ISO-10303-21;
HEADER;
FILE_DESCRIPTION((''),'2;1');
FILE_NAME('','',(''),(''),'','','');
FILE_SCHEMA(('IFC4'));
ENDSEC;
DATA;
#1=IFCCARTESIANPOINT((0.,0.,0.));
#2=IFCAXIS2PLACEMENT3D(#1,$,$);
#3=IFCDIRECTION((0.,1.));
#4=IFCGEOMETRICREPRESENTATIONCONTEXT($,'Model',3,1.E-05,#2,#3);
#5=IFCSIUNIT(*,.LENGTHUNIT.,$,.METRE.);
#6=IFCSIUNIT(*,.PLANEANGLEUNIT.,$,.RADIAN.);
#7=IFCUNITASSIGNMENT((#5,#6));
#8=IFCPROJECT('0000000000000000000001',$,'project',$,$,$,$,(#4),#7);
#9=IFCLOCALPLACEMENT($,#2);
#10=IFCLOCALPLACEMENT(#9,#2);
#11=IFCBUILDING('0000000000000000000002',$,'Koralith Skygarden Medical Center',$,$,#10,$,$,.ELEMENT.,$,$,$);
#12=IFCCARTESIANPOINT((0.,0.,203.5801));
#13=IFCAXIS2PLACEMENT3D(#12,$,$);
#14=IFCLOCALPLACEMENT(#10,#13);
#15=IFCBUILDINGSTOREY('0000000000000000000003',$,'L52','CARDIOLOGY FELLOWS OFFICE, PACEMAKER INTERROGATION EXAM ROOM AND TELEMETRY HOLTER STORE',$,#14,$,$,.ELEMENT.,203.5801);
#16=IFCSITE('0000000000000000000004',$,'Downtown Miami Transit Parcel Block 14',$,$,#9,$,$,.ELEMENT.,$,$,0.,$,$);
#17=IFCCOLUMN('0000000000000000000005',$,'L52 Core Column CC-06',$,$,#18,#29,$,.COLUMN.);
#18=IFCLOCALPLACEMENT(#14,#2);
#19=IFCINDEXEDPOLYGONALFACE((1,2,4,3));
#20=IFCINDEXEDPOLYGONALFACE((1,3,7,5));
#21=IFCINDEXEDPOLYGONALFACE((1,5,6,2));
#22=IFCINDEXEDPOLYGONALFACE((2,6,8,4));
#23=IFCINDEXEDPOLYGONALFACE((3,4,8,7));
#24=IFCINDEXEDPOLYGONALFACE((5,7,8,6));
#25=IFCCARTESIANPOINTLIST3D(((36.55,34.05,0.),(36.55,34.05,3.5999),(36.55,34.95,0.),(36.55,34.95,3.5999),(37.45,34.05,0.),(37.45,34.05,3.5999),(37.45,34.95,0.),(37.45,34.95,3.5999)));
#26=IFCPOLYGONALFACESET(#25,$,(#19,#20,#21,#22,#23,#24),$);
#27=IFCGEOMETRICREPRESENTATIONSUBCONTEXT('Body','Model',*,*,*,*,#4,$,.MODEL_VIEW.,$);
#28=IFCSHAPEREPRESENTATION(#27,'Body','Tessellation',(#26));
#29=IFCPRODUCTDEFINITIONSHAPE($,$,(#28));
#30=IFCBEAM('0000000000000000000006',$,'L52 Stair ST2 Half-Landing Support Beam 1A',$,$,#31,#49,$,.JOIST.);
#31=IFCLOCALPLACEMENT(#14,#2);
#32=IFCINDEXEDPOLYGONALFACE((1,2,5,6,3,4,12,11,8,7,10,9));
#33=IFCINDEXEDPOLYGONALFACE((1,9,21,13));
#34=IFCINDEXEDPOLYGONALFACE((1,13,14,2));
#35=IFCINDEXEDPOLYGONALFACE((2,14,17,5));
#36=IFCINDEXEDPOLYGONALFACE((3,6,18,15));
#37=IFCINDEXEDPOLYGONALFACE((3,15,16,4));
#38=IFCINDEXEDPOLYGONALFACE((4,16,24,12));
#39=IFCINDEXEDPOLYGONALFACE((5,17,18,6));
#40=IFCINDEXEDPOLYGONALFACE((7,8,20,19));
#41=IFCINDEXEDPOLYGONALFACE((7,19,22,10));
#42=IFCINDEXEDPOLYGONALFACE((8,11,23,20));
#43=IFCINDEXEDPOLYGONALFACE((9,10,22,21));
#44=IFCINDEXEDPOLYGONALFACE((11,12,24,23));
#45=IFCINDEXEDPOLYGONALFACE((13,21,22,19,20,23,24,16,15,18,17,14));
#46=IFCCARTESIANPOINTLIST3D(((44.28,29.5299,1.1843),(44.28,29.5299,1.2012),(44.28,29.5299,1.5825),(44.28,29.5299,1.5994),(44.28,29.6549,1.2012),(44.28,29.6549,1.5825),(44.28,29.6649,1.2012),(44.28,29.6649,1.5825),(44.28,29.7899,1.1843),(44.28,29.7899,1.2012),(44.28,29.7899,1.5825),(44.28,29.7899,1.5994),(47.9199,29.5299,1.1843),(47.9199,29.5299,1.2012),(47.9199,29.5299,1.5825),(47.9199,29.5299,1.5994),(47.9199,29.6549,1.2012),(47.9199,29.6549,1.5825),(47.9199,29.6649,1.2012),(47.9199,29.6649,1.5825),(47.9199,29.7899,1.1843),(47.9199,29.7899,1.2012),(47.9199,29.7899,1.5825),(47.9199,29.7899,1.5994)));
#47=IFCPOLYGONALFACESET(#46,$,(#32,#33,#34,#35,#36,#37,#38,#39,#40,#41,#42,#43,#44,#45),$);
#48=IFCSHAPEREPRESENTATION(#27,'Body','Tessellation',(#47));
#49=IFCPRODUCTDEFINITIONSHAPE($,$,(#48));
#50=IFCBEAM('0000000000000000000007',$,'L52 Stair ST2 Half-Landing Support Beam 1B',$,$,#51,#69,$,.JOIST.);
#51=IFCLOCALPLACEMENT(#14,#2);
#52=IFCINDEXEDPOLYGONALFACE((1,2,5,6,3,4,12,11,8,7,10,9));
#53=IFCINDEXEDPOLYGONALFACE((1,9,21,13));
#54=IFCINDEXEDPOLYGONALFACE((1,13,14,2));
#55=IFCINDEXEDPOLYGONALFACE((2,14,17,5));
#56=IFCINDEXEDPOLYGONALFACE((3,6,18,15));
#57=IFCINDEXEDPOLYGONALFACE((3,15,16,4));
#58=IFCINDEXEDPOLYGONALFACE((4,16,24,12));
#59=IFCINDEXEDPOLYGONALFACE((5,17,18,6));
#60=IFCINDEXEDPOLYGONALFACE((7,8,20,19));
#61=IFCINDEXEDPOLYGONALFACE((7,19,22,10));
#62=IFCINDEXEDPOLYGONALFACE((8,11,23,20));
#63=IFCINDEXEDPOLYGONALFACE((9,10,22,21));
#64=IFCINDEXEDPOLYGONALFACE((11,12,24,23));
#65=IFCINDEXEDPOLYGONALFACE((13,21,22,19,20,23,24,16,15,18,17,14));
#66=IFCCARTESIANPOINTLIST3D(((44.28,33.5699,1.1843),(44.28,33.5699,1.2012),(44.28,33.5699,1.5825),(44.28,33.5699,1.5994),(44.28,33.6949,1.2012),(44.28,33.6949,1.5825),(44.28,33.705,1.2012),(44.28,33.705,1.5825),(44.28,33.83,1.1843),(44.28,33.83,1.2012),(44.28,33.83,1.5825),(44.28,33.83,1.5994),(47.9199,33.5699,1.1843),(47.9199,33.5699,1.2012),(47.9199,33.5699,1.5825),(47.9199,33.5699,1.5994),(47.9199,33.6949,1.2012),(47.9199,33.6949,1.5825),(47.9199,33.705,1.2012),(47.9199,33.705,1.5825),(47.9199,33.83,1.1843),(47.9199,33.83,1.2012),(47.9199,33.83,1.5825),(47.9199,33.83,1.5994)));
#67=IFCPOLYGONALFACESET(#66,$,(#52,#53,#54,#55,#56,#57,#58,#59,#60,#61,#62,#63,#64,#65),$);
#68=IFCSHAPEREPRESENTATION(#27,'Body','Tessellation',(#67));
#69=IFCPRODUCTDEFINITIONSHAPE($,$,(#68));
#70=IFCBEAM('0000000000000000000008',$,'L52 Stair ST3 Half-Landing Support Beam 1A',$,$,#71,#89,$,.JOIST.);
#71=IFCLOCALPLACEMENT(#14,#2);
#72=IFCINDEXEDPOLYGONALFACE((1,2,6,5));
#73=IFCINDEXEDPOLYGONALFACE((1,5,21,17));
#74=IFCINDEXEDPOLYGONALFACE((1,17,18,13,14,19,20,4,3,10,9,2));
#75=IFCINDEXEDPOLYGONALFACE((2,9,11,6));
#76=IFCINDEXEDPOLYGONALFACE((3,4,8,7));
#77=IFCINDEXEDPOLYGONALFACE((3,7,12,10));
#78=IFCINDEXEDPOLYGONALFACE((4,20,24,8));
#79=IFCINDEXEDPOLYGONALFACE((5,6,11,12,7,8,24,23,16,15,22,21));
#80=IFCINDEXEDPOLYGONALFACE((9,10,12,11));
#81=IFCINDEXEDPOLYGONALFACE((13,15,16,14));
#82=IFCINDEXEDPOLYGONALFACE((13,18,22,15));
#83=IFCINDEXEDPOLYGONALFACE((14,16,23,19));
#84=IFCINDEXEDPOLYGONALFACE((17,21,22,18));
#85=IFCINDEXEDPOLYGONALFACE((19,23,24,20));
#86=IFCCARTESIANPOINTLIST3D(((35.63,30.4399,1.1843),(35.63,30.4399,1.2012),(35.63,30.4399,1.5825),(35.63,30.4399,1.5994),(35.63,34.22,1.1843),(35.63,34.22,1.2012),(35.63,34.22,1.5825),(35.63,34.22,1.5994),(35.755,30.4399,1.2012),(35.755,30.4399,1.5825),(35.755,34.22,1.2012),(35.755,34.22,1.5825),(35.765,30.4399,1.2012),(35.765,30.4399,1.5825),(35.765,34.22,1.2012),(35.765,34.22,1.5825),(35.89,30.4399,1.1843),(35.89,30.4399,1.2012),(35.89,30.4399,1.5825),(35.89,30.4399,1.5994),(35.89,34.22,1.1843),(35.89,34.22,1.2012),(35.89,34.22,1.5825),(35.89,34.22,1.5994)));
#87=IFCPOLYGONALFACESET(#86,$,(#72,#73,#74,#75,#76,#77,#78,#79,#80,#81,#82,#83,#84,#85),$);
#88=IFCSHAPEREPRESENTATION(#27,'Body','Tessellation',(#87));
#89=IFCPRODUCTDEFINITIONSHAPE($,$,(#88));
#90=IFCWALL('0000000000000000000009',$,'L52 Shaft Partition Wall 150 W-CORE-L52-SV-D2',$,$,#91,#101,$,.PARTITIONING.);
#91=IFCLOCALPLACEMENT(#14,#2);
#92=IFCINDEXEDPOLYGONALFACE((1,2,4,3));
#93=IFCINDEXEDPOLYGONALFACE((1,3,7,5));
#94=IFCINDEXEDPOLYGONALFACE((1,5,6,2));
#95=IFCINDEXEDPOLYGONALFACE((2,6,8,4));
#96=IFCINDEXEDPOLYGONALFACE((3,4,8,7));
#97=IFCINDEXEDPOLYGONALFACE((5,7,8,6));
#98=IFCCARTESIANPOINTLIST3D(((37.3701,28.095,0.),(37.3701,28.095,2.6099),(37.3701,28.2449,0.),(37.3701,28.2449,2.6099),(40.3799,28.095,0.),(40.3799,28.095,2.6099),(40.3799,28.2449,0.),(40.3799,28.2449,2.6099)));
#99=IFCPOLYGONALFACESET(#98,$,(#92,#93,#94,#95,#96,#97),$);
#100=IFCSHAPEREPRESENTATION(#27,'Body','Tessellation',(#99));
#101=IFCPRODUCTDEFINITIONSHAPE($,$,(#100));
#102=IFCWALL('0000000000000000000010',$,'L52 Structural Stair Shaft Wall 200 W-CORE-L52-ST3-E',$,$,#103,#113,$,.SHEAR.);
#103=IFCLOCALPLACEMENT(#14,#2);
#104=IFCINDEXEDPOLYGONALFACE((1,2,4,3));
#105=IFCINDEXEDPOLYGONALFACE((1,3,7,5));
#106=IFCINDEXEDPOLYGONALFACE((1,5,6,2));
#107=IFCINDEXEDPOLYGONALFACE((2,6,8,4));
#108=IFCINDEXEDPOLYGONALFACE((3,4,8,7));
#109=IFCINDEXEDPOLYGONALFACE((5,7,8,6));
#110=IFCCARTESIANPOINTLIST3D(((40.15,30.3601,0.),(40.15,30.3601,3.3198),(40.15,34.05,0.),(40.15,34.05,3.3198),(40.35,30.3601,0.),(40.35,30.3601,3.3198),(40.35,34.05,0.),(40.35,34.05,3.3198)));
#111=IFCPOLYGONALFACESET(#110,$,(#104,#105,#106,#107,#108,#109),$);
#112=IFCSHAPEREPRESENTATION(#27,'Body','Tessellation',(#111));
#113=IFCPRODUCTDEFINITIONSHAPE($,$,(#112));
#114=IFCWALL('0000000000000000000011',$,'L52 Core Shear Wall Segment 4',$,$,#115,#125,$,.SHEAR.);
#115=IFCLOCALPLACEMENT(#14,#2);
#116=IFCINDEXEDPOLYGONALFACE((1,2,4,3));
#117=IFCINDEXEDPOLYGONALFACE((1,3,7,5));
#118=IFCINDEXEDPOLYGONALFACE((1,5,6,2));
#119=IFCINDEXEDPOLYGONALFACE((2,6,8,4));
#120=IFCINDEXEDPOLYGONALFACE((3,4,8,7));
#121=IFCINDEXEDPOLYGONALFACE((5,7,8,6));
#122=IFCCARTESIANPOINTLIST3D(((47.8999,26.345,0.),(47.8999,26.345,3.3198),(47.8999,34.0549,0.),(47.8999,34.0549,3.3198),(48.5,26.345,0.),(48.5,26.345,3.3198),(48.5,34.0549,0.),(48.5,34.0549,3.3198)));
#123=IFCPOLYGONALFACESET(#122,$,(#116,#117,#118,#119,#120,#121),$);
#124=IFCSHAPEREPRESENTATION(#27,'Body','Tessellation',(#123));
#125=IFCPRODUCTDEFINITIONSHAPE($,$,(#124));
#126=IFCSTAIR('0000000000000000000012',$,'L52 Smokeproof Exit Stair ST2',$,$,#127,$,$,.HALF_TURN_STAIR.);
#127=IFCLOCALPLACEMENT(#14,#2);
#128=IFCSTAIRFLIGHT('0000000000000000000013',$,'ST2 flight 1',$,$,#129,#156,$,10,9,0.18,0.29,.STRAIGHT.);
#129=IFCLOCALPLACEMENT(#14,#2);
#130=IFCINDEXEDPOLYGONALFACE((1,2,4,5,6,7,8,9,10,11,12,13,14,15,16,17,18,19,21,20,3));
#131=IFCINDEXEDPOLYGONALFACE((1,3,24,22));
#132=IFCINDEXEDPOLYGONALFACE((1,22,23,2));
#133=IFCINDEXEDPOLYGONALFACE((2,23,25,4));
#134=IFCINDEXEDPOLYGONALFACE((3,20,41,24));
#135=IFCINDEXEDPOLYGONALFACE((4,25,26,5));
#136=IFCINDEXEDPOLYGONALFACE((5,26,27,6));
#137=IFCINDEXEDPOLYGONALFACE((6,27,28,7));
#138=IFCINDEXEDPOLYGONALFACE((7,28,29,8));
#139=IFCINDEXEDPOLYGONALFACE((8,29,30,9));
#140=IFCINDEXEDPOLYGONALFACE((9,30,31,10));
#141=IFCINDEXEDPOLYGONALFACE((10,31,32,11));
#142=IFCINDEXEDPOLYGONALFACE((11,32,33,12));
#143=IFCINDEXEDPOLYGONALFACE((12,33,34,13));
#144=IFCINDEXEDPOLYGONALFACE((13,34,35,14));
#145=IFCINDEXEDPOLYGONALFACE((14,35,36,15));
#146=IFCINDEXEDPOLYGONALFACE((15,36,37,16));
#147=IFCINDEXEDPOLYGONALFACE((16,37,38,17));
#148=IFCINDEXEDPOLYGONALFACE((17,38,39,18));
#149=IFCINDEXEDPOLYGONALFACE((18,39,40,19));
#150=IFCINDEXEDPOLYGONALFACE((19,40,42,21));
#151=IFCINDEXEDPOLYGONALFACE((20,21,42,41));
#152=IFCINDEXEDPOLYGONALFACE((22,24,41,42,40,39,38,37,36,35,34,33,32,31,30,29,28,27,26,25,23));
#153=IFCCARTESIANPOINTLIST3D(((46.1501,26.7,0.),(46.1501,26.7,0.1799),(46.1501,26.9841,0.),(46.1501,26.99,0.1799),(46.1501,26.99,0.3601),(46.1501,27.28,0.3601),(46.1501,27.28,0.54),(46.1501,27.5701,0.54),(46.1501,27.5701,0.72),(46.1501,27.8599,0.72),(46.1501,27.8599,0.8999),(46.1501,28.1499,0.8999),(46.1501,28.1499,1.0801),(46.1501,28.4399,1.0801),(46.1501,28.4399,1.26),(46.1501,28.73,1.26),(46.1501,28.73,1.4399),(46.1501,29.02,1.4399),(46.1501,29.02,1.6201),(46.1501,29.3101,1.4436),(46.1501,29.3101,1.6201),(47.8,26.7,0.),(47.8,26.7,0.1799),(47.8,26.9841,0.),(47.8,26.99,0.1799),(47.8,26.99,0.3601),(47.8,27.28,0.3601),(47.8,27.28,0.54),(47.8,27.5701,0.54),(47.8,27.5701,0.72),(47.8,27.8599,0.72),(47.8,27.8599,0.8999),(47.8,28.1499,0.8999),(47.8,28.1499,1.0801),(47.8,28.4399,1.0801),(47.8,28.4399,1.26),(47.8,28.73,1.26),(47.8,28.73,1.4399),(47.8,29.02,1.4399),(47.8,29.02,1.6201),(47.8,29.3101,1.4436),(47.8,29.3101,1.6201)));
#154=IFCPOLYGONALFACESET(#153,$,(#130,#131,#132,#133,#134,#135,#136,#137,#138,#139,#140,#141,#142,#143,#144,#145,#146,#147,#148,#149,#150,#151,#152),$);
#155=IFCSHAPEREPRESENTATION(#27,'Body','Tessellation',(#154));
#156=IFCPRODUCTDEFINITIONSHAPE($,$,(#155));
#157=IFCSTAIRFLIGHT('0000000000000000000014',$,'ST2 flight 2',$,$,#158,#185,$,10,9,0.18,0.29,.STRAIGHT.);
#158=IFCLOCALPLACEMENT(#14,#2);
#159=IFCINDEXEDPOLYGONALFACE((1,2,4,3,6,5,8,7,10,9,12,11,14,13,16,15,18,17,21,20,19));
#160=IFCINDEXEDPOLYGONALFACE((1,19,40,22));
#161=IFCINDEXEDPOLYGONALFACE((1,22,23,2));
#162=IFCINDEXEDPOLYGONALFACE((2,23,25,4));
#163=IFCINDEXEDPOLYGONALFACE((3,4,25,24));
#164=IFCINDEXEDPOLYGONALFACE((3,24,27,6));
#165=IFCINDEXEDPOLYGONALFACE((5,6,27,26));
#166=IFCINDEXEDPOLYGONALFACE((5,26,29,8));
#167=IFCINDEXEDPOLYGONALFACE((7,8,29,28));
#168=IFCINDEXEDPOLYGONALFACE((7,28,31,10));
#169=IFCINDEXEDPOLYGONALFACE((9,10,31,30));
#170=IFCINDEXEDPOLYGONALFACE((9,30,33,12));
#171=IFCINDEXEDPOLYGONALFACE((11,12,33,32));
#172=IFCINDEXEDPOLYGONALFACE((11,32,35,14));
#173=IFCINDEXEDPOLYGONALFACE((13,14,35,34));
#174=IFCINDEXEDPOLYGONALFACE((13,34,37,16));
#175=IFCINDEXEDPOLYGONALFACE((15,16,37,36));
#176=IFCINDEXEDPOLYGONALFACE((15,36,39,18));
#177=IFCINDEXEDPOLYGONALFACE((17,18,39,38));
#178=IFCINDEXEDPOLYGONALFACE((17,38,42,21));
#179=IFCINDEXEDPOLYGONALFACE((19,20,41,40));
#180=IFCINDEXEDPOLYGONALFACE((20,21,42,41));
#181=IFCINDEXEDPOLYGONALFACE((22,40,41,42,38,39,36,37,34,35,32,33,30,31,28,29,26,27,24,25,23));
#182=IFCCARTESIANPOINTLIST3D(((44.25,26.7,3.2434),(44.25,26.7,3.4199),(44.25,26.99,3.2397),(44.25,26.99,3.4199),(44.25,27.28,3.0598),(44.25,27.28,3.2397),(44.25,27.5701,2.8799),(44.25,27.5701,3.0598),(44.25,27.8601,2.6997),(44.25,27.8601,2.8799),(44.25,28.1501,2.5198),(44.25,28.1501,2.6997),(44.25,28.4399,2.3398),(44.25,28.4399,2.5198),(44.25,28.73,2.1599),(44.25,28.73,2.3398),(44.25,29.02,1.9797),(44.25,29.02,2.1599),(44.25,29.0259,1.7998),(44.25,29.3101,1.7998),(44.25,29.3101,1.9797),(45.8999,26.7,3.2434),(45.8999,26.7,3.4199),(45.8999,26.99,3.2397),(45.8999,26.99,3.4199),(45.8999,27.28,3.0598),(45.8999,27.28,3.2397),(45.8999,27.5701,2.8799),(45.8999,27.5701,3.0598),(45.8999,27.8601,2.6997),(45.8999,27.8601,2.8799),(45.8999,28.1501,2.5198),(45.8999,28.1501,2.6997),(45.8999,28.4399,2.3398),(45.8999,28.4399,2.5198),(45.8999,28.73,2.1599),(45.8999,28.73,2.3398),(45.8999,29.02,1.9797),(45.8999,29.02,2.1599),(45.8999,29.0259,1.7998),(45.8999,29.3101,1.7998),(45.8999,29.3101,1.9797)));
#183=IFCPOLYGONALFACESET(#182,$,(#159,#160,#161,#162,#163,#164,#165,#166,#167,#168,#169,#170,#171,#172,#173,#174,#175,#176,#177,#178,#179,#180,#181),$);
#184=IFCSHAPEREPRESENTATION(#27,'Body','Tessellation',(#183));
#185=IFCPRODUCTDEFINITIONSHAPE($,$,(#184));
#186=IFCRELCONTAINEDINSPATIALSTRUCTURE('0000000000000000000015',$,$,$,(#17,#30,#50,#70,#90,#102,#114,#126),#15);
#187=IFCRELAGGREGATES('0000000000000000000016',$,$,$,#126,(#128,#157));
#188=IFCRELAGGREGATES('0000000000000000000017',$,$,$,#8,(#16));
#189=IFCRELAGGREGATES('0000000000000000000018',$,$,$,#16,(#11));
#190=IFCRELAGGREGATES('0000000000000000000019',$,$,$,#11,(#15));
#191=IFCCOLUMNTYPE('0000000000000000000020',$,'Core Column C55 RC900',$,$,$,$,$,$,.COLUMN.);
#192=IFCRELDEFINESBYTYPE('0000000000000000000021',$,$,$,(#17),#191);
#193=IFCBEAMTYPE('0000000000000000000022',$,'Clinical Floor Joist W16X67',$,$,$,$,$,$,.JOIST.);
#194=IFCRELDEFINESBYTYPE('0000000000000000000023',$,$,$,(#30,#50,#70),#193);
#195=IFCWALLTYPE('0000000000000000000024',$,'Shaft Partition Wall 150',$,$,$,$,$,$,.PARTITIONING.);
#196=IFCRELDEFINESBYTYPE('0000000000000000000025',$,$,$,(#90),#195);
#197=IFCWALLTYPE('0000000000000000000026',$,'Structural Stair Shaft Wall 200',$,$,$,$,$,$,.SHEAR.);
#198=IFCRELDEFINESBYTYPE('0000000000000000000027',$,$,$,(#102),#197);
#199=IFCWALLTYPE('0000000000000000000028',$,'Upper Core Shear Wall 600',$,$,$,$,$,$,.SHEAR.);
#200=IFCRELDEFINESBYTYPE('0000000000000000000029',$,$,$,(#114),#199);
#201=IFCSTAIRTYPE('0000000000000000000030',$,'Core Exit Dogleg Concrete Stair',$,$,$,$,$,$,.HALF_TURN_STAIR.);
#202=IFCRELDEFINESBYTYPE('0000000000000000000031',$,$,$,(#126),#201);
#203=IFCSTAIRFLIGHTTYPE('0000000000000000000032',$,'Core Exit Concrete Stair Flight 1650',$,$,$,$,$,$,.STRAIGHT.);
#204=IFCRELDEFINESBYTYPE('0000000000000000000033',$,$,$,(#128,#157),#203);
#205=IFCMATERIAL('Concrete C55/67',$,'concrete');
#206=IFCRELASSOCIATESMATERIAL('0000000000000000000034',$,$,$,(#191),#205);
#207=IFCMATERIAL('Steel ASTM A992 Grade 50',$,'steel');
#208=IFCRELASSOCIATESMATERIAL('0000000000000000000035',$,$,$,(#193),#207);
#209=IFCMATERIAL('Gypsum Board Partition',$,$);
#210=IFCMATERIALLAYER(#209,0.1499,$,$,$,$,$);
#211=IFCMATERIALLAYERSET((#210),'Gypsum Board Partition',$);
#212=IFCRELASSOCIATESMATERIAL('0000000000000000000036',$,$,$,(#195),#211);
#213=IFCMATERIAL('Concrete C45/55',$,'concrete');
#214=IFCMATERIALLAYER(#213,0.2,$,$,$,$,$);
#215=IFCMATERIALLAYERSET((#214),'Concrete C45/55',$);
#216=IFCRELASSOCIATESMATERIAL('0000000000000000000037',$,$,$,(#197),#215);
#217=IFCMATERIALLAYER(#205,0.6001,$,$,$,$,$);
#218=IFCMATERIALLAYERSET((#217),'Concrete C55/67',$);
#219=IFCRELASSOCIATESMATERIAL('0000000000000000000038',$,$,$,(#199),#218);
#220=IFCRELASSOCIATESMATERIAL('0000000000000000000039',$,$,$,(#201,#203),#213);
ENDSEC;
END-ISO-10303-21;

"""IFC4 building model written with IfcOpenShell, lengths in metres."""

from ifc_helpers import new_model, si_unit, direction, frame, frame_2d, origin, origin_2d, place, context, subcontext, project, spatial, polyline, rectangle, i_section, outline, extrude, material, layer, layer_set, material_profile, profile_set, type_object, element, aggregate, save


model = new_model("IFC4")

# Units and contexts
model_context = context("Model", 3, precision=1e-05, world=origin(), true_north=direction((0.0, 1.0)))
body_context = subcontext(model_context, "Body", "Model", "MODEL_VIEW")
ifc_project = project(units=[si_unit("LENGTHUNIT", "METRE"), si_unit("PLANEANGLEUNIT", "RADIAN")], contexts=[model_context])

# Site, building, storey
site_placement = place(None, origin())
site = spatial("IfcSite", under=ifc_project, at=site_placement, Name="Downtown Miami Transit Parcel Block 14", CompositionType="ELEMENT", RefElevation=0.0)
building_placement = place(site_placement, origin())
building = spatial("IfcBuilding", under=site, at=building_placement, Name="Koralith Skygarden Medical Center", CompositionType="ELEMENT")
storey_placement = place(building_placement, frame((0.0, 0.0, 203.5801)))
storey = spatial("IfcBuildingStorey", under=building, at=storey_placement, Name="L52", Description="CARDIOLOGY FELLOWS OFFICE, PACEMAKER INTERROGATION EXAM ROOM AND TELEMETRY HOLTER STORE", CompositionType="ELEMENT", Elevation=203.5801)

# Column
ifc_material_1 = material(Name="Concrete C55/67", Category="concrete")
ifc_material_profile_1 = material_profile(ifc_material_1, rectangle(XDim=0.8999, YDim=0.8999, at=origin_2d()), Name="RC900X900")
ifc_profile_set_1 = profile_set([ifc_material_profile_1], Name="Concrete C55/67")
column_type = type_object("IfcColumnType", Name="Core Column C55 RC900", PredefinedType="COLUMN", material=ifc_profile_set_1)
column_placement = place(storey_placement, frame((37.0, 34.5, 0.0), z_axis=(0.0, 0.0, 1.0), x_axis=(1.0, 0.0, 0.0)))
element("IfcColumn", 1, at=column_placement, inside=storey, type_object=column_type, Name="L52 Core Column CC-06", PredefinedType="COLUMN", context=body_context, shape_type="SweptSolid", body=[
    extrude(rectangle(XDim=0.8999, YDim=0.8999, at=origin_2d()), origin(), (0.0, 0.0, 1.0), 3.5999),
])

# Beams
ifc_material_2 = material(Name="Steel ASTM A992 Grade 50", Category="steel")
ifc_material_profile_2 = material_profile(ifc_material_2, i_section(OverallWidth=0.26, OverallDepth=0.415, WebThickness=0.01, FlangeThickness=0.0168, at=origin_2d()), Name="W16X67")
ifc_profile_set_2 = profile_set([ifc_material_profile_2], Name="Steel ASTM A992 Grade 50")
beam_type = type_object("IfcBeamType", Name="Clinical Floor Joist W16X67", PredefinedType="JOIST", material=ifc_profile_set_2)
for number, where, z_axis, x_axis, name in (
    (2, (44.28, 29.6599, 1.3918), (1.0, 0.0, 0.0), (0.0, 1.0, 0.0), "L52 Stair ST2 Half-Landing Support Beam 1A"),
    (3, (44.28, 33.7, 1.3918), (1.0, 0.0, 0.0), (0.0, 1.0, 0.0), "L52 Stair ST2 Half-Landing Support Beam 1B"),
):
    element("IfcBeam", number, at=place(storey_placement, frame(where, z_axis=z_axis, x_axis=x_axis)), inside=storey, type_object=beam_type, Name=name, PredefinedType="JOIST", context=body_context, shape_type="SweptSolid", body=[
        extrude(i_section(OverallWidth=0.26, OverallDepth=0.415, WebThickness=0.01, FlangeThickness=0.0168, at=origin_2d()), origin(), (0.0, 0.0, 1.0), 3.6399),
    ])
beam_placement = place(storey_placement, frame((35.76, 30.4399, 1.3918), z_axis=(0.0, 1.0, 0.0), x_axis=(-1.0, 0.0, 0.0)))
element("IfcBeam", 4, at=beam_placement, inside=storey, type_object=beam_type, Name="L52 Stair ST3 Half-Landing Support Beam 1A", PredefinedType="JOIST", context=body_context, shape_type="SweptSolid", body=[
    extrude(i_section(OverallWidth=0.26, OverallDepth=0.415, WebThickness=0.01, FlangeThickness=0.0168, at=origin_2d()), origin(), (0.0, 0.0, 1.0), 3.78),
])

# Walls
ifc_material_3 = material(Name="Gypsum Board Partition")
ifc_layer_1 = layer(ifc_material_3, 0.1499)
ifc_layer_set_1 = layer_set([ifc_layer_1], Name="Gypsum Board Partition")
wall_type_1 = type_object("IfcWallType", Name="Shaft Partition Wall 150", PredefinedType="PARTITIONING", material=ifc_layer_set_1)
wall_1_placement = place(storey_placement, frame((37.3701, 28.1699, 0.0), z_axis=(0.0, 0.0, 1.0), x_axis=(1.0, 0.0, 0.0)))
element("IfcWall", 5, at=wall_1_placement, inside=storey, type_object=wall_type_1, Name="L52 Shaft Partition Wall 150 W-CORE-L52-SV-D2", PredefinedType="PARTITIONING", context=body_context, shape_type="SweptSolid", body=[
    extrude(rectangle(XDim=3.0098, YDim=0.1499, at=frame_2d((1.5049, 0.0))), origin(), (0.0, 0.0, 1.0), 2.6099),
])
ifc_material_4 = material(Name="Concrete C45/55", Category="concrete")
ifc_layer_2 = layer(ifc_material_4, 0.2)
ifc_layer_set_2 = layer_set([ifc_layer_2], Name="Concrete C45/55")
wall_type_2 = type_object("IfcWallType", Name="Structural Stair Shaft Wall 200", PredefinedType="SHEAR", material=ifc_layer_set_2)
wall_2_placement = place(storey_placement, frame((40.25, 30.3601, 0.0), z_axis=(0.0, 0.0, 1.0), x_axis=(0.0, 1.0, 0.0)))
element("IfcWall", 6, at=wall_2_placement, inside=storey, type_object=wall_type_2, Name="L52 Structural Stair Shaft Wall 200 W-CORE-L52-ST3-E", PredefinedType="SHEAR", context=body_context, shape_type="SweptSolid", body=[
    extrude(rectangle(XDim=3.6899, YDim=0.2, at=frame_2d((1.845, 0.0))), origin(), (0.0, 0.0, 1.0), 3.3198),
])
ifc_layer_3 = layer(ifc_material_1, 0.6001)
ifc_layer_set_3 = layer_set([ifc_layer_3], Name="Concrete C55/67")
wall_type_3 = type_object("IfcWallType", Name="Upper Core Shear Wall 600", PredefinedType="SHEAR", material=ifc_layer_set_3)
wall_3_placement = place(storey_placement, frame((48.2, 26.345, 0.0), z_axis=(0.0, 0.0, 1.0), x_axis=(0.0, 1.0, 0.0)))
element("IfcWall", 7, at=wall_3_placement, inside=storey, type_object=wall_type_3, Name="L52 Core Shear Wall Segment 4", PredefinedType="SHEAR", context=body_context, shape_type="SweptSolid", body=[
    extrude(rectangle(XDim=7.71, YDim=0.6001, at=frame_2d((3.855, 0.0))), origin(), (0.0, 0.0, 1.0), 3.3198),
])

# Stair, stair flights
stair_type = type_object("IfcStairType", Name="Core Exit Dogleg Concrete Stair", PredefinedType="HALF_TURN_STAIR", material=ifc_material_4)
stair_placement = place(storey_placement, origin())
stair = element("IfcStair", 8, at=stair_placement, inside=storey, type_object=stair_type, Name="L52 Smokeproof Exit Stair ST2", PredefinedType="HALF_TURN_STAIR")
stair_flight_type = type_object("IfcStairFlightType", Name="Core Exit Concrete Stair Flight 1650", PredefinedType="STRAIGHT", material=ifc_material_4)
stair_flight_1_placement = place(storey_placement, frame((46.9751, 26.7, 0.0), z_axis=(0.0, 0.0, 1.0), x_axis=(0.0, 1.0, 0.0)))
stair_flight_1 = element("IfcStairFlight", 9, at=stair_flight_1_placement, type_object=stair_flight_type, Name="ST2 flight 1", NumberOfRisers=10, NumberOfTreads=9, PredefinedType="STRAIGHT", RiserHeight=0.18, TreadLength=0.29, context=body_context, shape_type="SweptSolid", body=[
    extrude(outline(polyline([(0.0, 0.0), (0.0, 0.1799), (0.29, 0.1799), (0.29, 0.3601), (0.5801, 0.3601), (0.5801, 0.54), (0.8701, 0.54), (0.8701, 0.72), (1.1599, 0.72), (1.1599, 0.8999), (1.45, 0.8999), (1.45, 1.0801), (1.74, 1.0801), (1.74, 1.26), (2.03, 1.26), (2.03, 1.4399), (2.3201, 1.4399), (2.3201, 1.6201), (2.6101, 1.6201), (2.6101, 1.8), (2.6101, 1.4436), (0.2842, 0.0), (0.0, 0.0)])), frame((0.0, 0.825, 0.0), z_axis=(0.0, -1.0, 0.0), x_axis=(1.0, 0.0, 0.0)), (0.0, 0.0, 1.0), 1.6499),
])
stair_flight_2_placement = place(storey_placement, frame((45.075, 29.3101, 1.7998), z_axis=(0.0, 0.0, 1.0), x_axis=(0.0, -1.0, 0.0)))
stair_flight_2 = element("IfcStairFlight", 10, at=stair_flight_2_placement, type_object=stair_flight_type, Name="ST2 flight 2", NumberOfRisers=10, NumberOfTreads=9, PredefinedType="STRAIGHT", RiserHeight=0.18, TreadLength=0.29, context=body_context, shape_type="SweptSolid", body=[
    extrude(outline(polyline([(0.0, 0.0), (0.0, 0.1799), (0.29, 0.1799), (0.29, 0.3601), (0.5801, 0.3601), (0.5801, 0.54), (0.8701, 0.54), (0.8701, 0.72), (1.1599, 0.72), (1.1599, 0.8999), (1.45, 0.8999), (1.45, 1.0801), (1.74, 1.0801), (1.74, 1.26), (2.03, 1.26), (2.03, 1.4399), (2.3201, 1.4399), (2.3201, 1.6201), (2.6101, 1.6201), (2.6101, 1.8), (2.6101, 1.4436), (0.2842, 0.0), (0.0, 0.0)])), frame((0.0, 0.825, 0.0), z_axis=(0.0, -1.0, 0.0), x_axis=(1.0, 0.0, 0.0)), (0.0, 0.0, 1.0), 1.6499),
])
aggregate(stair, [stair_flight_1, stair_flight_2])

save(model, "model.ifc")
